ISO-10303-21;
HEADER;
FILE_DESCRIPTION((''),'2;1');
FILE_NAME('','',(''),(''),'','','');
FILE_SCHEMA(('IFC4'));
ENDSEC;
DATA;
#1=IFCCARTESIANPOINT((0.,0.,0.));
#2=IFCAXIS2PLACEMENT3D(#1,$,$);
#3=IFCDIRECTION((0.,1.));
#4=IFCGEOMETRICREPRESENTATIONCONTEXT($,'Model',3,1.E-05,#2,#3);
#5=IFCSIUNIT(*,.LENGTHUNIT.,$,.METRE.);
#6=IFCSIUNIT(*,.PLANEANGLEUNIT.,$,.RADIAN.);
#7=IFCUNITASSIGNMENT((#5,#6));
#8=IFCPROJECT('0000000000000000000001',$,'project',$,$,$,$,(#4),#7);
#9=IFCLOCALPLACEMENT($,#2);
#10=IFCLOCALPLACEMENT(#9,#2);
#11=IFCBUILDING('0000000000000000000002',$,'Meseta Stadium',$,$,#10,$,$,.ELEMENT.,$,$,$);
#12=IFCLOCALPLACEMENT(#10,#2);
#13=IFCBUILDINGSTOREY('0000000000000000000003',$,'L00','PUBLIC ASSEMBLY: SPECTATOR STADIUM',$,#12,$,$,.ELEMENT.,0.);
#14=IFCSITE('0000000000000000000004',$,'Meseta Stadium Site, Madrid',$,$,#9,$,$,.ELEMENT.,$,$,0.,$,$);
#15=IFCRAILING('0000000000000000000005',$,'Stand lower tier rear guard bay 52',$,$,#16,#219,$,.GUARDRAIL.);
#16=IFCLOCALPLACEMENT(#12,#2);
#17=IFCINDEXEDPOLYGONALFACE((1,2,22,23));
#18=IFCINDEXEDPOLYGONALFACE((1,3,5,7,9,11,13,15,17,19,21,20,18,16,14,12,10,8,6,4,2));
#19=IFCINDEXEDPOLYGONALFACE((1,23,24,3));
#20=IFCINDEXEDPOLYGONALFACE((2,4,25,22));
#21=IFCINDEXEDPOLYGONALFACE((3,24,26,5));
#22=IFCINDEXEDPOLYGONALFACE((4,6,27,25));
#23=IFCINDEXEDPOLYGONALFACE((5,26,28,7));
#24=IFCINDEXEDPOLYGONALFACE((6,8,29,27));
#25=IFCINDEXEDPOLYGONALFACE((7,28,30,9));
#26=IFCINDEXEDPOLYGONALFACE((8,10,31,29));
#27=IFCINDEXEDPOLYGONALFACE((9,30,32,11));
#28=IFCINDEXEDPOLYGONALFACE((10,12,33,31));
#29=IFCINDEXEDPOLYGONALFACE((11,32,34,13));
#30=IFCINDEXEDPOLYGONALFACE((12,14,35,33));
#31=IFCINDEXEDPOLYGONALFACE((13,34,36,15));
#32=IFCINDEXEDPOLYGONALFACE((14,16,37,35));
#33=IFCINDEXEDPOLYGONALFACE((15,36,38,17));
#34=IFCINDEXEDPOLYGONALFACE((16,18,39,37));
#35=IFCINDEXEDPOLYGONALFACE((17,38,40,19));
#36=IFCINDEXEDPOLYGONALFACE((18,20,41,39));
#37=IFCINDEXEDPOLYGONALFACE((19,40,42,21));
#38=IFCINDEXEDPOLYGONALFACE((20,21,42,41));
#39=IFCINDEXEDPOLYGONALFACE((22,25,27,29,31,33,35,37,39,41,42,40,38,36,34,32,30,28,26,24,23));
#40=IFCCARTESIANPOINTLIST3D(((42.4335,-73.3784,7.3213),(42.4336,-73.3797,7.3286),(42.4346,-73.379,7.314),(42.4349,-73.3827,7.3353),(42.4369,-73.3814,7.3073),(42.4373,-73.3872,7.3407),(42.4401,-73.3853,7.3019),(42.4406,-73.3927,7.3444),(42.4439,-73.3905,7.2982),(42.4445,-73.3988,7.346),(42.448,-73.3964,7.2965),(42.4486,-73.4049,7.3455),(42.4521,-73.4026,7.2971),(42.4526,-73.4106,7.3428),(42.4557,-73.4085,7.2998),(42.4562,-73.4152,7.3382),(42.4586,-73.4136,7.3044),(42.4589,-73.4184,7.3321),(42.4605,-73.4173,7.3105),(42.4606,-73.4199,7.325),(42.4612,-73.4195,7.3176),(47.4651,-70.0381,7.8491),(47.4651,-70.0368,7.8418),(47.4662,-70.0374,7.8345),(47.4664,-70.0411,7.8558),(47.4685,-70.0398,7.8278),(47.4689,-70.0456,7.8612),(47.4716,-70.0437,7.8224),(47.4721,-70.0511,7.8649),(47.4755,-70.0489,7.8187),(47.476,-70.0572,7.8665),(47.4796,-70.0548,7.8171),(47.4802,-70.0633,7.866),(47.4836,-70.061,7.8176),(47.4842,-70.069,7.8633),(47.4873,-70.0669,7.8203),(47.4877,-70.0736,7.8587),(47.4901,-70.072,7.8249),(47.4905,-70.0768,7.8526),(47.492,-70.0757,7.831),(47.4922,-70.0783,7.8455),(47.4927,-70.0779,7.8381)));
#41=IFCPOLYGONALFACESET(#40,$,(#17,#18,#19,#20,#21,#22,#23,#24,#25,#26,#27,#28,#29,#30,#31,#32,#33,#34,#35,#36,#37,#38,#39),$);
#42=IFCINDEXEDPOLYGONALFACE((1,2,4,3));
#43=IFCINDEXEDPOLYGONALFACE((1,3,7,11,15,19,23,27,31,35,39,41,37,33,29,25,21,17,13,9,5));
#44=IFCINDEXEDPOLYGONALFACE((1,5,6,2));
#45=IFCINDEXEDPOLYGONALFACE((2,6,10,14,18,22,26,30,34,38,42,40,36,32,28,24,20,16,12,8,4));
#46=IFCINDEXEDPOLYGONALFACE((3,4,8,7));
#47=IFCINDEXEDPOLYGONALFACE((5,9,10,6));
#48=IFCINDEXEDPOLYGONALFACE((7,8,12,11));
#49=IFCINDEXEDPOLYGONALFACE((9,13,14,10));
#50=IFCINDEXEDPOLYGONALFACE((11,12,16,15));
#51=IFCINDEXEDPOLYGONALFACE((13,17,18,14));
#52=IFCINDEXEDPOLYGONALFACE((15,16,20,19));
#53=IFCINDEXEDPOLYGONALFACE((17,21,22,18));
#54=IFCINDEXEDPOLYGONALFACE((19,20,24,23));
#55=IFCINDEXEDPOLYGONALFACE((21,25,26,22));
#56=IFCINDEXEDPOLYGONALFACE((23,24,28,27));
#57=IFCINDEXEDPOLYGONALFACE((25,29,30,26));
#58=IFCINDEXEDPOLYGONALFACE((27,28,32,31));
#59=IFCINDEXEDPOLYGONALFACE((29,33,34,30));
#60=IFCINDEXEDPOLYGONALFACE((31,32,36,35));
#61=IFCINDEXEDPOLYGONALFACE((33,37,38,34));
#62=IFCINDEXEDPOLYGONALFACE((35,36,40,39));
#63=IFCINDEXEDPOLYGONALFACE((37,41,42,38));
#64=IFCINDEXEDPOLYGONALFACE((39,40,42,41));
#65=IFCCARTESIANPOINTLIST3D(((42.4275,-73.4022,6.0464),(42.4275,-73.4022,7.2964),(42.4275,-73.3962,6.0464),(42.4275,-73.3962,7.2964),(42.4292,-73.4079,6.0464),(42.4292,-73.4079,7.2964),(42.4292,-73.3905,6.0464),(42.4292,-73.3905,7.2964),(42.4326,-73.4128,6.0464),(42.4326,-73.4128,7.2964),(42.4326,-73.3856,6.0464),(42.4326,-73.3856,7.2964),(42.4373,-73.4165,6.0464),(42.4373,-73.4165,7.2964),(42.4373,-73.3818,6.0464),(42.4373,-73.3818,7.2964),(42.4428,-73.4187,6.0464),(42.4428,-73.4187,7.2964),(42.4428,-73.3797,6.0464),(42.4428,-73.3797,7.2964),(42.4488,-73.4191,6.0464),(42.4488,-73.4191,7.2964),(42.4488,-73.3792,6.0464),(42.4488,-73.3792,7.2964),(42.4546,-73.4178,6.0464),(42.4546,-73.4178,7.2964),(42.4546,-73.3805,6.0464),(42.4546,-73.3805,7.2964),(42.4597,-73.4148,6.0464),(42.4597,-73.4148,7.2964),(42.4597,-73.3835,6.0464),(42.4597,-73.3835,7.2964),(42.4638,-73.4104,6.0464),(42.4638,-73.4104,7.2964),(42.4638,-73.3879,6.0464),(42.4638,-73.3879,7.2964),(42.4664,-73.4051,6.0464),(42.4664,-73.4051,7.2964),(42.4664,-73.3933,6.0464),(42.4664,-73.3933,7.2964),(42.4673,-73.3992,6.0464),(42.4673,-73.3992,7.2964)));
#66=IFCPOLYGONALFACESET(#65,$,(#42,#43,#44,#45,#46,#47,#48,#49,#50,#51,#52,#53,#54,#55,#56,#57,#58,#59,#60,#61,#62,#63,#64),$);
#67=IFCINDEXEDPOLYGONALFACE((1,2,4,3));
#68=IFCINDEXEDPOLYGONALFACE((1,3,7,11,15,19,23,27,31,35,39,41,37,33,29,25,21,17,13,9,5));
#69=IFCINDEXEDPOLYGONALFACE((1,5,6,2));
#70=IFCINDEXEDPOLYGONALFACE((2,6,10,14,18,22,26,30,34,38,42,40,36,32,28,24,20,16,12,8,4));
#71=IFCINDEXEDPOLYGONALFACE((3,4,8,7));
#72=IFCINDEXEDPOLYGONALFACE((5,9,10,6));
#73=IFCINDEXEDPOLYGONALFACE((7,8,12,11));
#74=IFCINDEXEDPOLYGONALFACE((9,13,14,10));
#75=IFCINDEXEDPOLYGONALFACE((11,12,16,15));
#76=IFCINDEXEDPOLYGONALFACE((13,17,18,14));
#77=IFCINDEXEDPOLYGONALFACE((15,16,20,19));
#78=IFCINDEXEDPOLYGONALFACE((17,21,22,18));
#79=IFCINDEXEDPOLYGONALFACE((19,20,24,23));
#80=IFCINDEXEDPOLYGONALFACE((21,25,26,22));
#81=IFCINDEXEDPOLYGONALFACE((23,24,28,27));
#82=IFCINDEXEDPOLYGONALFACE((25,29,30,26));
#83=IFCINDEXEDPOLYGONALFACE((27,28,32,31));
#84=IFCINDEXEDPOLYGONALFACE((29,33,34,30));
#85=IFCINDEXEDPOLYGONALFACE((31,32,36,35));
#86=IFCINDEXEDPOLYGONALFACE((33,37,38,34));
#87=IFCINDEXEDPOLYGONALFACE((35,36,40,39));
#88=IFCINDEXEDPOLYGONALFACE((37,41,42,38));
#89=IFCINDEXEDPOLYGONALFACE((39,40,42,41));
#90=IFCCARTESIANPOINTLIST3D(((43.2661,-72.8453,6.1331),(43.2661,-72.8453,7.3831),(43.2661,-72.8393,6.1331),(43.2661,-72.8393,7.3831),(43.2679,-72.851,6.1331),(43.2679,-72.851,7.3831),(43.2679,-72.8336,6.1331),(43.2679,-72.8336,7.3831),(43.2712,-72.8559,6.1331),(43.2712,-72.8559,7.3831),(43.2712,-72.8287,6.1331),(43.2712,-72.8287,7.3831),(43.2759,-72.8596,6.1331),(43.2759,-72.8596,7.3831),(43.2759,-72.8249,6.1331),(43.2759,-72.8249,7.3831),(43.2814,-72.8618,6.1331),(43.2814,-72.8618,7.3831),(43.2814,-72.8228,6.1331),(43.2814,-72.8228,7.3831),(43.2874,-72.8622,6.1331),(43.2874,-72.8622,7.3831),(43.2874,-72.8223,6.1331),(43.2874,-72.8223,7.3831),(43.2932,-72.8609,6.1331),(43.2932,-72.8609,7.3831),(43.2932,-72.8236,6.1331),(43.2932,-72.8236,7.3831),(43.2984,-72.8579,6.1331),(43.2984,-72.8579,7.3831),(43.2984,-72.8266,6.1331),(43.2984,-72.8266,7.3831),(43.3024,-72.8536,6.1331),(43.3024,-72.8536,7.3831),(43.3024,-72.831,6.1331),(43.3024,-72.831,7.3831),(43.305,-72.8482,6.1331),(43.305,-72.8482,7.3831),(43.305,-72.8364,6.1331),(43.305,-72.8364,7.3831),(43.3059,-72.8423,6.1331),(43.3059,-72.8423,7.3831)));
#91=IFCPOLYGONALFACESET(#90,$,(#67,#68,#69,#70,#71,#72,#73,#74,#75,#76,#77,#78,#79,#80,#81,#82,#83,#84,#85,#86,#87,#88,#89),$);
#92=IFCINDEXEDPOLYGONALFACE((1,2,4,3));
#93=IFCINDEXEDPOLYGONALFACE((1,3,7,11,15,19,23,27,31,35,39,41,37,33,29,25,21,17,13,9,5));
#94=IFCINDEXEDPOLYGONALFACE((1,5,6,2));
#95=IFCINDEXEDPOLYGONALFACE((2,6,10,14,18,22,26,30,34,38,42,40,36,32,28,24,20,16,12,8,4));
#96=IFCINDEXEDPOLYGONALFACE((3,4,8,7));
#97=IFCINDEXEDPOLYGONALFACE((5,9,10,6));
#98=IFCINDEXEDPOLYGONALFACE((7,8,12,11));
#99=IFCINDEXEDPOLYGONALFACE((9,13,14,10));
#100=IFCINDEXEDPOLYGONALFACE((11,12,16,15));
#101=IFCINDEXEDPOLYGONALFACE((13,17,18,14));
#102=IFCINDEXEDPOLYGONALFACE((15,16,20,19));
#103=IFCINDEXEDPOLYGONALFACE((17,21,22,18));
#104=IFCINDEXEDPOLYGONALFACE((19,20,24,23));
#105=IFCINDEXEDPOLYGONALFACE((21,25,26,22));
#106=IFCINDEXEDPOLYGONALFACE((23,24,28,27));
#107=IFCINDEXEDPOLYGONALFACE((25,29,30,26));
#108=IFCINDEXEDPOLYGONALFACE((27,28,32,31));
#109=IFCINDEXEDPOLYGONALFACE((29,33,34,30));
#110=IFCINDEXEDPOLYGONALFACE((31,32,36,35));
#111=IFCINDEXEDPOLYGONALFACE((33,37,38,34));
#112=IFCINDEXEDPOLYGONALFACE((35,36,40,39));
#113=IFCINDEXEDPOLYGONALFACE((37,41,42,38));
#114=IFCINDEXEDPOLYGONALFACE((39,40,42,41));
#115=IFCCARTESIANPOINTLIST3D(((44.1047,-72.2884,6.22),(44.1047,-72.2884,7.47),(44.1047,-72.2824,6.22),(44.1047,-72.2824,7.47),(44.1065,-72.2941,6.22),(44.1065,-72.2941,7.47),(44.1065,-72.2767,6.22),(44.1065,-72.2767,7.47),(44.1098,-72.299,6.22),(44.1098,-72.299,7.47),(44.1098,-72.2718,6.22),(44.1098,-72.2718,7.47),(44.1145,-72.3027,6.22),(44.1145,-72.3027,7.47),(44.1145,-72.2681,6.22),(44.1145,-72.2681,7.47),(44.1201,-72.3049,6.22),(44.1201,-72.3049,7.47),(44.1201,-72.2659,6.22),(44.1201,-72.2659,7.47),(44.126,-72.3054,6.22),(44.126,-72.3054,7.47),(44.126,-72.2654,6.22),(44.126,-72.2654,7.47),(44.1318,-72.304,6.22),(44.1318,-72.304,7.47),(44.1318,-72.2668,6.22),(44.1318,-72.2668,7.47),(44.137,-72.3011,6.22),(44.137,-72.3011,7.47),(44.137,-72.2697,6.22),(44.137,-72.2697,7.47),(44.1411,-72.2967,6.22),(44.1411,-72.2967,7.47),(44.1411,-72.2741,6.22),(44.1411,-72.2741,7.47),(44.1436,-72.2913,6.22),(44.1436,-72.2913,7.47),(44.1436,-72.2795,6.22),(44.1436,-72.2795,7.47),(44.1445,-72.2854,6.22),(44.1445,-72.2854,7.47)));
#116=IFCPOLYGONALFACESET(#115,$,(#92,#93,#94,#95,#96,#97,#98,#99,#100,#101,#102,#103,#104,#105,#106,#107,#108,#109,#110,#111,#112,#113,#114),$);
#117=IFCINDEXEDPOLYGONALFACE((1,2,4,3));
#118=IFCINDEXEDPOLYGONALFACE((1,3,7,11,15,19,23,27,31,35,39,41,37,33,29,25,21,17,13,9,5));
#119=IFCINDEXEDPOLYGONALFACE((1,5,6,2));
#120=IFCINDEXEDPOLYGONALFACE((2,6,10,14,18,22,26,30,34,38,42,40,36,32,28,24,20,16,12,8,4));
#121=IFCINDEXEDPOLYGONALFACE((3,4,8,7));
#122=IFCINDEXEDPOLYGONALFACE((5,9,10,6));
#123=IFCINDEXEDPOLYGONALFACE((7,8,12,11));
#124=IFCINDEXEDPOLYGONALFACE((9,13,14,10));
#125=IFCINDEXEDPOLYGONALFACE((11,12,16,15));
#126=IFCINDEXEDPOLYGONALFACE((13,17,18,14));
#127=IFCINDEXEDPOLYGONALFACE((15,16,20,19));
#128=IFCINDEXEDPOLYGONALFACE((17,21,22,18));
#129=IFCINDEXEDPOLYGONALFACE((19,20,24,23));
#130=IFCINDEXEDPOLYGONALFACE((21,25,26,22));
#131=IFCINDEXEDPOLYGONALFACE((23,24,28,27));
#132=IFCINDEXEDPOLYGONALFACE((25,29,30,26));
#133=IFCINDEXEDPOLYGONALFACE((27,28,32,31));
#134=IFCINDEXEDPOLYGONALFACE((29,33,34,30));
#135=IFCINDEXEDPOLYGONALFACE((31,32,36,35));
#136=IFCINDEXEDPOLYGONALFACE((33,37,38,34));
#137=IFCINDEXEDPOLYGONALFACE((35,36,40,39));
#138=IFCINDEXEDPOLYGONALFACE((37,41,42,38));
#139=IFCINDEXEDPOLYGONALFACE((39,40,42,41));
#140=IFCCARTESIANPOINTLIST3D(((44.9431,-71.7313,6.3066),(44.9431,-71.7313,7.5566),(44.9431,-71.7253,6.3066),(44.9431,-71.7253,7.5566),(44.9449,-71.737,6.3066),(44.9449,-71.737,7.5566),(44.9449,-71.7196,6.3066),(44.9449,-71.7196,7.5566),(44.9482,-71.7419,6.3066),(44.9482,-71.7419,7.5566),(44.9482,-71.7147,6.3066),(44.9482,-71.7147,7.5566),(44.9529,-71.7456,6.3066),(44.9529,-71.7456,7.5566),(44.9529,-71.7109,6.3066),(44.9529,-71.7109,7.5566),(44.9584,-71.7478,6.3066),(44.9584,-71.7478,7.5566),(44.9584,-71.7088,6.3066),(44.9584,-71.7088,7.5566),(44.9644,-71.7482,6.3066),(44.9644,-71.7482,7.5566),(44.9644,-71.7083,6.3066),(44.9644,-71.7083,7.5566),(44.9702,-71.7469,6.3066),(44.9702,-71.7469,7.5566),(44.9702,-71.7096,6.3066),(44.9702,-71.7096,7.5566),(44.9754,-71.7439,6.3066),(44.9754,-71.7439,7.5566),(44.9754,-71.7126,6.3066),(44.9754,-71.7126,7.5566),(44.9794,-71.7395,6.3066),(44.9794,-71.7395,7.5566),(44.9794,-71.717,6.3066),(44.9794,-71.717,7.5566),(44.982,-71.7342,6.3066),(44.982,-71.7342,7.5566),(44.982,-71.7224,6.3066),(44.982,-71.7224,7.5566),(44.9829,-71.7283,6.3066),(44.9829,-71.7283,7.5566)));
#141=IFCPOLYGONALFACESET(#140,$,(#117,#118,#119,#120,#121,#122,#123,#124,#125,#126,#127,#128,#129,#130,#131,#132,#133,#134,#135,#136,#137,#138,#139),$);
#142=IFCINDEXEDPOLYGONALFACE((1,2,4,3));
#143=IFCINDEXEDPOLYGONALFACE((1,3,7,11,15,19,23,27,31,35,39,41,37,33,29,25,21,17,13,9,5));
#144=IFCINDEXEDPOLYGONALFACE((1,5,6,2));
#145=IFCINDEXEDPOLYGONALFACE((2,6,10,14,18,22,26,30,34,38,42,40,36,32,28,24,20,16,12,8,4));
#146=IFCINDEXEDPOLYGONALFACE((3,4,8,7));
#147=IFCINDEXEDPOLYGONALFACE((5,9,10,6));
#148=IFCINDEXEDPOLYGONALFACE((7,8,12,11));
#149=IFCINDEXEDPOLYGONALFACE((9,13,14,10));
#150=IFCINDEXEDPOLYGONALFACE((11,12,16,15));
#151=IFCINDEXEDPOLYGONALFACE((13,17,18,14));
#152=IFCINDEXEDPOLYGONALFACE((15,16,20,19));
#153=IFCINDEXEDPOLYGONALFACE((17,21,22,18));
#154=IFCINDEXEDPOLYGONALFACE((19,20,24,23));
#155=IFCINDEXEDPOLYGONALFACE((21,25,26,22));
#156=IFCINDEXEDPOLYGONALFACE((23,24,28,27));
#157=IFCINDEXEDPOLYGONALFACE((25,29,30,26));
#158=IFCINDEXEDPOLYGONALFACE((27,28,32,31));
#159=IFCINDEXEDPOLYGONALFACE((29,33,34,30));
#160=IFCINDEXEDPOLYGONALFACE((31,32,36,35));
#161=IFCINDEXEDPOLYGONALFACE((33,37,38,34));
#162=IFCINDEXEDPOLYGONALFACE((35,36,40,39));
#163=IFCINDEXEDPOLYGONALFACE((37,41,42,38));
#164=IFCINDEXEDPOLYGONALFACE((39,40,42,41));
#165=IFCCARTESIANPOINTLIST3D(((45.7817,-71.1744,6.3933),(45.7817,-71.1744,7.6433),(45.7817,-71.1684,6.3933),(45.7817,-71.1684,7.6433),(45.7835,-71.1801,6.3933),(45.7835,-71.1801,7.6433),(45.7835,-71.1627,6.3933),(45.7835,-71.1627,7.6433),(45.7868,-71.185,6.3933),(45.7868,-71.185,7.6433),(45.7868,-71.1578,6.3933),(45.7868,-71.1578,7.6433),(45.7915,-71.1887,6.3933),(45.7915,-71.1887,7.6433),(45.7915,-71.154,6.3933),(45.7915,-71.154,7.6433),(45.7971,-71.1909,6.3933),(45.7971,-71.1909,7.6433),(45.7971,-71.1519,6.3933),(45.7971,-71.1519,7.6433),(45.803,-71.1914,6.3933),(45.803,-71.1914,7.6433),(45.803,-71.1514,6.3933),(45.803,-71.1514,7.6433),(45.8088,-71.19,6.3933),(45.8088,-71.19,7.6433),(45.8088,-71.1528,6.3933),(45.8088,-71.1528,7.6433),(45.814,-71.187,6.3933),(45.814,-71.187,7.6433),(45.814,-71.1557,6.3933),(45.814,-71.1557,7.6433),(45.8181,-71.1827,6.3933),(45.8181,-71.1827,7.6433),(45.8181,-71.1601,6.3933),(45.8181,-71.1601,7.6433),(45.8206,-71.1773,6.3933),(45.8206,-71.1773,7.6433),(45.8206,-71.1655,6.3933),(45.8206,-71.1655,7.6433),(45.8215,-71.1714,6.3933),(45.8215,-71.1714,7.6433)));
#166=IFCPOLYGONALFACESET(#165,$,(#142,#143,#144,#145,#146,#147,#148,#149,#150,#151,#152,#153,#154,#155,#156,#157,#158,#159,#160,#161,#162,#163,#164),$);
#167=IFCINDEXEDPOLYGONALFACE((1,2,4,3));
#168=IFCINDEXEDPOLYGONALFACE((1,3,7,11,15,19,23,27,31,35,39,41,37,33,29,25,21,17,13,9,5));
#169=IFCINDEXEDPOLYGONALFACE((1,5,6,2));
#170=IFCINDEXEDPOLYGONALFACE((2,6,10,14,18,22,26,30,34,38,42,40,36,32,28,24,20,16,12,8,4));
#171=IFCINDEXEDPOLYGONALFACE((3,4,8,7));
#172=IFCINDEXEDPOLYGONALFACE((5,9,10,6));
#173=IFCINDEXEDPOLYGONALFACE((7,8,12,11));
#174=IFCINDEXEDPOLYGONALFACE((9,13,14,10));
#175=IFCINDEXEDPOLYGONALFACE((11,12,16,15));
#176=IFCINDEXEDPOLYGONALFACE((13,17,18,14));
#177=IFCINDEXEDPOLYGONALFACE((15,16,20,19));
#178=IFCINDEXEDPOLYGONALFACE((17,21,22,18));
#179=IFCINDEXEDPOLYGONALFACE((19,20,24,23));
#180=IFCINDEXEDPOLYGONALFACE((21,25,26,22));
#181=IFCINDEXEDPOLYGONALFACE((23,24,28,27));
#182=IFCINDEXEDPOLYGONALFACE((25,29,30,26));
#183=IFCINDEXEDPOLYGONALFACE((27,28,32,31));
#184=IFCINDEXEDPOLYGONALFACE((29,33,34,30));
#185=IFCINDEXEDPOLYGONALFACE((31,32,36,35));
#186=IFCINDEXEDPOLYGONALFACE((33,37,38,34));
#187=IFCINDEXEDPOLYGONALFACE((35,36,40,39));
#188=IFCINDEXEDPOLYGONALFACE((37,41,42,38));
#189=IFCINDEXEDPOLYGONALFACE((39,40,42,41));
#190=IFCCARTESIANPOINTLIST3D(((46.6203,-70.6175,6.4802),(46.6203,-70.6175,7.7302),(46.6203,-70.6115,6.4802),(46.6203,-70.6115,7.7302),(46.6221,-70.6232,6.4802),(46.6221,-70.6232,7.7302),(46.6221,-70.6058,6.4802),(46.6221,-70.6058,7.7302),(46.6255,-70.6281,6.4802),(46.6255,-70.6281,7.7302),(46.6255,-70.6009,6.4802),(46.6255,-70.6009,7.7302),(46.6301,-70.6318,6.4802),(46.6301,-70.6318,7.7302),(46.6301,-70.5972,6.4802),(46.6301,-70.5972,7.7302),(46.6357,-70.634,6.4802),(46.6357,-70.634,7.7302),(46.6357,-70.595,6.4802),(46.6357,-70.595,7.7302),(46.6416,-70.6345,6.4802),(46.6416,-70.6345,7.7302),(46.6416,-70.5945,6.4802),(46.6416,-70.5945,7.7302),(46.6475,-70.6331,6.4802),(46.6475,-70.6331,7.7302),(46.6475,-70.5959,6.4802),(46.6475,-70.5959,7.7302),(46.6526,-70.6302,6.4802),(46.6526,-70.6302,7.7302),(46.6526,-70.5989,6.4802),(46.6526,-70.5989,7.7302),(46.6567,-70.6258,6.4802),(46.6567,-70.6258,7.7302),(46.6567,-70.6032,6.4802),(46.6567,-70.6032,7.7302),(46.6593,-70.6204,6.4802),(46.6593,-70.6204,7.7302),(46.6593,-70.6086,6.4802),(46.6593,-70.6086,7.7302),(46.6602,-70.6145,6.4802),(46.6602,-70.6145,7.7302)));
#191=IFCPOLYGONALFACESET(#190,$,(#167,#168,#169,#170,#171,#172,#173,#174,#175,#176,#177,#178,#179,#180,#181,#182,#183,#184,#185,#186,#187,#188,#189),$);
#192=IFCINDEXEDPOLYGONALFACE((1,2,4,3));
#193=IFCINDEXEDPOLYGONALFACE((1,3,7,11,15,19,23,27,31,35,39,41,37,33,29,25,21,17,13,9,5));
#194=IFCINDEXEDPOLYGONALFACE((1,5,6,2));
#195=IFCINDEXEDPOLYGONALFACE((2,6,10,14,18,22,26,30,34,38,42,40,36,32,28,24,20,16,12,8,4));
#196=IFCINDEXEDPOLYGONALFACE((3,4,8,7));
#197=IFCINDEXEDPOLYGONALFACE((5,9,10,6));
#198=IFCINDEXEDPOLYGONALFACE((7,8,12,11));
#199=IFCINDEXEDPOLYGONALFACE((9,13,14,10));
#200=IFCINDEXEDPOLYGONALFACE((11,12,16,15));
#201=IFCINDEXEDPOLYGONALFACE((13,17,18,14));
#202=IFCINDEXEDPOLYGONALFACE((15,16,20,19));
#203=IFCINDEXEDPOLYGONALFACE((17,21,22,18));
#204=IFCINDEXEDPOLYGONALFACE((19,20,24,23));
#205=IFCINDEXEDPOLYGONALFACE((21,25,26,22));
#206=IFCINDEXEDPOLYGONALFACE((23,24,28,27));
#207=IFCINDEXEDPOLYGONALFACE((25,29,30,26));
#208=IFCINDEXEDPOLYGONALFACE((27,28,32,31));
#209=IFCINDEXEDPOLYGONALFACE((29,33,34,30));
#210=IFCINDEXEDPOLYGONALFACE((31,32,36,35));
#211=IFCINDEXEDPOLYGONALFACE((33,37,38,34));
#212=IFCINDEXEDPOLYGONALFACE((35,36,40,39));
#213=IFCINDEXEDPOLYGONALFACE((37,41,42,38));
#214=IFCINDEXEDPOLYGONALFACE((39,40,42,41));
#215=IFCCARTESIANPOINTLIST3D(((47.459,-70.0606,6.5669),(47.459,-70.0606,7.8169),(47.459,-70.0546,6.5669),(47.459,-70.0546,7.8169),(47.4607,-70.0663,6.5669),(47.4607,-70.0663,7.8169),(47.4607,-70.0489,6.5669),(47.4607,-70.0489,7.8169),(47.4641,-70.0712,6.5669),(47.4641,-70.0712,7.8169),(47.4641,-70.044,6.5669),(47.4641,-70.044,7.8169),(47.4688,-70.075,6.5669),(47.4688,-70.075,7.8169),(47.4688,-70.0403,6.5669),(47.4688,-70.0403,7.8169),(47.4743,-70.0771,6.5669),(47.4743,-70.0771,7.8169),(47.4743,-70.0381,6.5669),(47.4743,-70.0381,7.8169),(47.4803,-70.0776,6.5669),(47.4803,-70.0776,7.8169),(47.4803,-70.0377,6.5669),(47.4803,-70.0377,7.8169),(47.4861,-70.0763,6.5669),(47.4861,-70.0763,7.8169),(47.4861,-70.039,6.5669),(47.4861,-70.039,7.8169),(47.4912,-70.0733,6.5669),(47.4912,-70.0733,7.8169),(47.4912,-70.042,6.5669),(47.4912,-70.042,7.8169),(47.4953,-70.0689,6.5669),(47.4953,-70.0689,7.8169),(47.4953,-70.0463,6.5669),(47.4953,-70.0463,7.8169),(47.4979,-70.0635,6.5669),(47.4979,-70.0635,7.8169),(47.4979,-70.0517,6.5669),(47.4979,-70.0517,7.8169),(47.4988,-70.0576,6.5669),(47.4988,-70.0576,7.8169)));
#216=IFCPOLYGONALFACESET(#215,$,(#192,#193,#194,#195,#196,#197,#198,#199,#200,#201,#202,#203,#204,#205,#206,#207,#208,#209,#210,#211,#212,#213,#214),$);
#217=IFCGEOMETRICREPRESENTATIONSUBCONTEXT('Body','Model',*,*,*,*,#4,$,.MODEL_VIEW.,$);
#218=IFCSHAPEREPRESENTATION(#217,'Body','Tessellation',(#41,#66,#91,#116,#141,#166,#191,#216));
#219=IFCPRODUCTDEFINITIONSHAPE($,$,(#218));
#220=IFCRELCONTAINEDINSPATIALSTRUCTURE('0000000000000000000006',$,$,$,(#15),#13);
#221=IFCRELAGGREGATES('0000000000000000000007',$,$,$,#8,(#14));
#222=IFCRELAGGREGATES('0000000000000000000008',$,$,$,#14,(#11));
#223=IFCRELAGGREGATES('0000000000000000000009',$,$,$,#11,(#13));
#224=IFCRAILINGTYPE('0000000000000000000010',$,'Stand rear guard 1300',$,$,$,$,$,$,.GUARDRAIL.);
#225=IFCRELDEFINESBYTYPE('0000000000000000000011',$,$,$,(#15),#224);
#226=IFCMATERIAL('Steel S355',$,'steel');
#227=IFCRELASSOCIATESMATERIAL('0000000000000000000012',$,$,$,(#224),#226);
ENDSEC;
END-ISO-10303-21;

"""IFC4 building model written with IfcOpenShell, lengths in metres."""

from ifc_helpers import new_model, si_unit, direction, frame, origin, origin_2d, place, context, subcontext, project, spatial, circle, extrude, material, type_object, element, save


model = new_model("IFC4")

# Units and contexts
model_context = context("Model", 3, precision=1e-05, world=origin(), true_north=direction((0.0, 1.0)))
body_context = subcontext(model_context, "Body", "Model", "MODEL_VIEW")
ifc_project = project(units=[si_unit("LENGTHUNIT", "METRE"), si_unit("PLANEANGLEUNIT", "RADIAN")], contexts=[model_context])

# Site, building, storey
site_placement = place(None, origin())
site = spatial("IfcSite", under=ifc_project, at=site_placement, Name="Meseta Stadium Site, Madrid", CompositionType="ELEMENT", RefElevation=0.0)
building_placement = place(site_placement, origin())
building = spatial("IfcBuilding", under=site, at=building_placement, Name="Meseta Stadium", CompositionType="ELEMENT")
storey_placement = place(building_placement, origin())
storey = spatial("IfcBuildingStorey", under=building, at=storey_placement, Name="L00", Description="PUBLIC ASSEMBLY: SPECTATOR STADIUM", CompositionType="ELEMENT", Elevation=0.0)

# Railing
ifc_material_1 = material(Name="Steel S355", Category="steel")
railing_type_1 = type_object("IfcRailingType", Name="Stand rear guard 1300", PredefinedType="GUARDRAIL", material=ifc_material_1)
railing_1_placement = place(storey_placement, frame((42.4473, -73.3992, 6.0464)))
element("IfcRailing", 1, at=railing_1_placement, inside=storey, type_object=railing_type_1, Name="Stand lower tier rear guard bay 52", PredefinedType="GUARDRAIL", context=body_context, shape_type="SweptSolid", body=[
    extrude(circle(Radius=0.0249, at=origin_2d()), frame((0.0, 0.0, 1.2749), z_axis=(0.829949, 0.551192, 0.085858), x_axis=(-0.553235, 0.833025, 0.0)), (0.0, 0.0, 1.0), 6.0625),
    extrude(circle(Radius=0.02, at=origin_2d()), origin(), (0.0, 0.0, 1.0), 1.25),
    extrude(circle(Radius=0.02, at=origin_2d()), frame((0.8386, 0.5569, 0.0867)), (0.0, 0.0, 1.0), 1.25),
    extrude(circle(Radius=0.02, at=origin_2d()), frame((1.6772, 1.1138, 0.1736)), (0.0, 0.0, 1.0), 1.25),
    extrude(circle(Radius=0.02, at=origin_2d()), frame((2.5156, 1.6709, 0.2603)), (0.0, 0.0, 1.0), 1.25),
    extrude(circle(Radius=0.02, at=origin_2d()), frame((3.3542, 2.2278, 0.3469)), (0.0, 0.0, 1.0), 1.25),
    extrude(circle(Radius=0.02, at=origin_2d()), frame((4.1929, 2.7847, 0.4338)), (0.0, 0.0, 1.0), 1.25),
    extrude(circle(Radius=0.02, at=origin_2d()), frame((5.0315, 3.3416, 0.5205)), (0.0, 0.0, 1.0), 1.25),
])

save(model, "model.ifc")
